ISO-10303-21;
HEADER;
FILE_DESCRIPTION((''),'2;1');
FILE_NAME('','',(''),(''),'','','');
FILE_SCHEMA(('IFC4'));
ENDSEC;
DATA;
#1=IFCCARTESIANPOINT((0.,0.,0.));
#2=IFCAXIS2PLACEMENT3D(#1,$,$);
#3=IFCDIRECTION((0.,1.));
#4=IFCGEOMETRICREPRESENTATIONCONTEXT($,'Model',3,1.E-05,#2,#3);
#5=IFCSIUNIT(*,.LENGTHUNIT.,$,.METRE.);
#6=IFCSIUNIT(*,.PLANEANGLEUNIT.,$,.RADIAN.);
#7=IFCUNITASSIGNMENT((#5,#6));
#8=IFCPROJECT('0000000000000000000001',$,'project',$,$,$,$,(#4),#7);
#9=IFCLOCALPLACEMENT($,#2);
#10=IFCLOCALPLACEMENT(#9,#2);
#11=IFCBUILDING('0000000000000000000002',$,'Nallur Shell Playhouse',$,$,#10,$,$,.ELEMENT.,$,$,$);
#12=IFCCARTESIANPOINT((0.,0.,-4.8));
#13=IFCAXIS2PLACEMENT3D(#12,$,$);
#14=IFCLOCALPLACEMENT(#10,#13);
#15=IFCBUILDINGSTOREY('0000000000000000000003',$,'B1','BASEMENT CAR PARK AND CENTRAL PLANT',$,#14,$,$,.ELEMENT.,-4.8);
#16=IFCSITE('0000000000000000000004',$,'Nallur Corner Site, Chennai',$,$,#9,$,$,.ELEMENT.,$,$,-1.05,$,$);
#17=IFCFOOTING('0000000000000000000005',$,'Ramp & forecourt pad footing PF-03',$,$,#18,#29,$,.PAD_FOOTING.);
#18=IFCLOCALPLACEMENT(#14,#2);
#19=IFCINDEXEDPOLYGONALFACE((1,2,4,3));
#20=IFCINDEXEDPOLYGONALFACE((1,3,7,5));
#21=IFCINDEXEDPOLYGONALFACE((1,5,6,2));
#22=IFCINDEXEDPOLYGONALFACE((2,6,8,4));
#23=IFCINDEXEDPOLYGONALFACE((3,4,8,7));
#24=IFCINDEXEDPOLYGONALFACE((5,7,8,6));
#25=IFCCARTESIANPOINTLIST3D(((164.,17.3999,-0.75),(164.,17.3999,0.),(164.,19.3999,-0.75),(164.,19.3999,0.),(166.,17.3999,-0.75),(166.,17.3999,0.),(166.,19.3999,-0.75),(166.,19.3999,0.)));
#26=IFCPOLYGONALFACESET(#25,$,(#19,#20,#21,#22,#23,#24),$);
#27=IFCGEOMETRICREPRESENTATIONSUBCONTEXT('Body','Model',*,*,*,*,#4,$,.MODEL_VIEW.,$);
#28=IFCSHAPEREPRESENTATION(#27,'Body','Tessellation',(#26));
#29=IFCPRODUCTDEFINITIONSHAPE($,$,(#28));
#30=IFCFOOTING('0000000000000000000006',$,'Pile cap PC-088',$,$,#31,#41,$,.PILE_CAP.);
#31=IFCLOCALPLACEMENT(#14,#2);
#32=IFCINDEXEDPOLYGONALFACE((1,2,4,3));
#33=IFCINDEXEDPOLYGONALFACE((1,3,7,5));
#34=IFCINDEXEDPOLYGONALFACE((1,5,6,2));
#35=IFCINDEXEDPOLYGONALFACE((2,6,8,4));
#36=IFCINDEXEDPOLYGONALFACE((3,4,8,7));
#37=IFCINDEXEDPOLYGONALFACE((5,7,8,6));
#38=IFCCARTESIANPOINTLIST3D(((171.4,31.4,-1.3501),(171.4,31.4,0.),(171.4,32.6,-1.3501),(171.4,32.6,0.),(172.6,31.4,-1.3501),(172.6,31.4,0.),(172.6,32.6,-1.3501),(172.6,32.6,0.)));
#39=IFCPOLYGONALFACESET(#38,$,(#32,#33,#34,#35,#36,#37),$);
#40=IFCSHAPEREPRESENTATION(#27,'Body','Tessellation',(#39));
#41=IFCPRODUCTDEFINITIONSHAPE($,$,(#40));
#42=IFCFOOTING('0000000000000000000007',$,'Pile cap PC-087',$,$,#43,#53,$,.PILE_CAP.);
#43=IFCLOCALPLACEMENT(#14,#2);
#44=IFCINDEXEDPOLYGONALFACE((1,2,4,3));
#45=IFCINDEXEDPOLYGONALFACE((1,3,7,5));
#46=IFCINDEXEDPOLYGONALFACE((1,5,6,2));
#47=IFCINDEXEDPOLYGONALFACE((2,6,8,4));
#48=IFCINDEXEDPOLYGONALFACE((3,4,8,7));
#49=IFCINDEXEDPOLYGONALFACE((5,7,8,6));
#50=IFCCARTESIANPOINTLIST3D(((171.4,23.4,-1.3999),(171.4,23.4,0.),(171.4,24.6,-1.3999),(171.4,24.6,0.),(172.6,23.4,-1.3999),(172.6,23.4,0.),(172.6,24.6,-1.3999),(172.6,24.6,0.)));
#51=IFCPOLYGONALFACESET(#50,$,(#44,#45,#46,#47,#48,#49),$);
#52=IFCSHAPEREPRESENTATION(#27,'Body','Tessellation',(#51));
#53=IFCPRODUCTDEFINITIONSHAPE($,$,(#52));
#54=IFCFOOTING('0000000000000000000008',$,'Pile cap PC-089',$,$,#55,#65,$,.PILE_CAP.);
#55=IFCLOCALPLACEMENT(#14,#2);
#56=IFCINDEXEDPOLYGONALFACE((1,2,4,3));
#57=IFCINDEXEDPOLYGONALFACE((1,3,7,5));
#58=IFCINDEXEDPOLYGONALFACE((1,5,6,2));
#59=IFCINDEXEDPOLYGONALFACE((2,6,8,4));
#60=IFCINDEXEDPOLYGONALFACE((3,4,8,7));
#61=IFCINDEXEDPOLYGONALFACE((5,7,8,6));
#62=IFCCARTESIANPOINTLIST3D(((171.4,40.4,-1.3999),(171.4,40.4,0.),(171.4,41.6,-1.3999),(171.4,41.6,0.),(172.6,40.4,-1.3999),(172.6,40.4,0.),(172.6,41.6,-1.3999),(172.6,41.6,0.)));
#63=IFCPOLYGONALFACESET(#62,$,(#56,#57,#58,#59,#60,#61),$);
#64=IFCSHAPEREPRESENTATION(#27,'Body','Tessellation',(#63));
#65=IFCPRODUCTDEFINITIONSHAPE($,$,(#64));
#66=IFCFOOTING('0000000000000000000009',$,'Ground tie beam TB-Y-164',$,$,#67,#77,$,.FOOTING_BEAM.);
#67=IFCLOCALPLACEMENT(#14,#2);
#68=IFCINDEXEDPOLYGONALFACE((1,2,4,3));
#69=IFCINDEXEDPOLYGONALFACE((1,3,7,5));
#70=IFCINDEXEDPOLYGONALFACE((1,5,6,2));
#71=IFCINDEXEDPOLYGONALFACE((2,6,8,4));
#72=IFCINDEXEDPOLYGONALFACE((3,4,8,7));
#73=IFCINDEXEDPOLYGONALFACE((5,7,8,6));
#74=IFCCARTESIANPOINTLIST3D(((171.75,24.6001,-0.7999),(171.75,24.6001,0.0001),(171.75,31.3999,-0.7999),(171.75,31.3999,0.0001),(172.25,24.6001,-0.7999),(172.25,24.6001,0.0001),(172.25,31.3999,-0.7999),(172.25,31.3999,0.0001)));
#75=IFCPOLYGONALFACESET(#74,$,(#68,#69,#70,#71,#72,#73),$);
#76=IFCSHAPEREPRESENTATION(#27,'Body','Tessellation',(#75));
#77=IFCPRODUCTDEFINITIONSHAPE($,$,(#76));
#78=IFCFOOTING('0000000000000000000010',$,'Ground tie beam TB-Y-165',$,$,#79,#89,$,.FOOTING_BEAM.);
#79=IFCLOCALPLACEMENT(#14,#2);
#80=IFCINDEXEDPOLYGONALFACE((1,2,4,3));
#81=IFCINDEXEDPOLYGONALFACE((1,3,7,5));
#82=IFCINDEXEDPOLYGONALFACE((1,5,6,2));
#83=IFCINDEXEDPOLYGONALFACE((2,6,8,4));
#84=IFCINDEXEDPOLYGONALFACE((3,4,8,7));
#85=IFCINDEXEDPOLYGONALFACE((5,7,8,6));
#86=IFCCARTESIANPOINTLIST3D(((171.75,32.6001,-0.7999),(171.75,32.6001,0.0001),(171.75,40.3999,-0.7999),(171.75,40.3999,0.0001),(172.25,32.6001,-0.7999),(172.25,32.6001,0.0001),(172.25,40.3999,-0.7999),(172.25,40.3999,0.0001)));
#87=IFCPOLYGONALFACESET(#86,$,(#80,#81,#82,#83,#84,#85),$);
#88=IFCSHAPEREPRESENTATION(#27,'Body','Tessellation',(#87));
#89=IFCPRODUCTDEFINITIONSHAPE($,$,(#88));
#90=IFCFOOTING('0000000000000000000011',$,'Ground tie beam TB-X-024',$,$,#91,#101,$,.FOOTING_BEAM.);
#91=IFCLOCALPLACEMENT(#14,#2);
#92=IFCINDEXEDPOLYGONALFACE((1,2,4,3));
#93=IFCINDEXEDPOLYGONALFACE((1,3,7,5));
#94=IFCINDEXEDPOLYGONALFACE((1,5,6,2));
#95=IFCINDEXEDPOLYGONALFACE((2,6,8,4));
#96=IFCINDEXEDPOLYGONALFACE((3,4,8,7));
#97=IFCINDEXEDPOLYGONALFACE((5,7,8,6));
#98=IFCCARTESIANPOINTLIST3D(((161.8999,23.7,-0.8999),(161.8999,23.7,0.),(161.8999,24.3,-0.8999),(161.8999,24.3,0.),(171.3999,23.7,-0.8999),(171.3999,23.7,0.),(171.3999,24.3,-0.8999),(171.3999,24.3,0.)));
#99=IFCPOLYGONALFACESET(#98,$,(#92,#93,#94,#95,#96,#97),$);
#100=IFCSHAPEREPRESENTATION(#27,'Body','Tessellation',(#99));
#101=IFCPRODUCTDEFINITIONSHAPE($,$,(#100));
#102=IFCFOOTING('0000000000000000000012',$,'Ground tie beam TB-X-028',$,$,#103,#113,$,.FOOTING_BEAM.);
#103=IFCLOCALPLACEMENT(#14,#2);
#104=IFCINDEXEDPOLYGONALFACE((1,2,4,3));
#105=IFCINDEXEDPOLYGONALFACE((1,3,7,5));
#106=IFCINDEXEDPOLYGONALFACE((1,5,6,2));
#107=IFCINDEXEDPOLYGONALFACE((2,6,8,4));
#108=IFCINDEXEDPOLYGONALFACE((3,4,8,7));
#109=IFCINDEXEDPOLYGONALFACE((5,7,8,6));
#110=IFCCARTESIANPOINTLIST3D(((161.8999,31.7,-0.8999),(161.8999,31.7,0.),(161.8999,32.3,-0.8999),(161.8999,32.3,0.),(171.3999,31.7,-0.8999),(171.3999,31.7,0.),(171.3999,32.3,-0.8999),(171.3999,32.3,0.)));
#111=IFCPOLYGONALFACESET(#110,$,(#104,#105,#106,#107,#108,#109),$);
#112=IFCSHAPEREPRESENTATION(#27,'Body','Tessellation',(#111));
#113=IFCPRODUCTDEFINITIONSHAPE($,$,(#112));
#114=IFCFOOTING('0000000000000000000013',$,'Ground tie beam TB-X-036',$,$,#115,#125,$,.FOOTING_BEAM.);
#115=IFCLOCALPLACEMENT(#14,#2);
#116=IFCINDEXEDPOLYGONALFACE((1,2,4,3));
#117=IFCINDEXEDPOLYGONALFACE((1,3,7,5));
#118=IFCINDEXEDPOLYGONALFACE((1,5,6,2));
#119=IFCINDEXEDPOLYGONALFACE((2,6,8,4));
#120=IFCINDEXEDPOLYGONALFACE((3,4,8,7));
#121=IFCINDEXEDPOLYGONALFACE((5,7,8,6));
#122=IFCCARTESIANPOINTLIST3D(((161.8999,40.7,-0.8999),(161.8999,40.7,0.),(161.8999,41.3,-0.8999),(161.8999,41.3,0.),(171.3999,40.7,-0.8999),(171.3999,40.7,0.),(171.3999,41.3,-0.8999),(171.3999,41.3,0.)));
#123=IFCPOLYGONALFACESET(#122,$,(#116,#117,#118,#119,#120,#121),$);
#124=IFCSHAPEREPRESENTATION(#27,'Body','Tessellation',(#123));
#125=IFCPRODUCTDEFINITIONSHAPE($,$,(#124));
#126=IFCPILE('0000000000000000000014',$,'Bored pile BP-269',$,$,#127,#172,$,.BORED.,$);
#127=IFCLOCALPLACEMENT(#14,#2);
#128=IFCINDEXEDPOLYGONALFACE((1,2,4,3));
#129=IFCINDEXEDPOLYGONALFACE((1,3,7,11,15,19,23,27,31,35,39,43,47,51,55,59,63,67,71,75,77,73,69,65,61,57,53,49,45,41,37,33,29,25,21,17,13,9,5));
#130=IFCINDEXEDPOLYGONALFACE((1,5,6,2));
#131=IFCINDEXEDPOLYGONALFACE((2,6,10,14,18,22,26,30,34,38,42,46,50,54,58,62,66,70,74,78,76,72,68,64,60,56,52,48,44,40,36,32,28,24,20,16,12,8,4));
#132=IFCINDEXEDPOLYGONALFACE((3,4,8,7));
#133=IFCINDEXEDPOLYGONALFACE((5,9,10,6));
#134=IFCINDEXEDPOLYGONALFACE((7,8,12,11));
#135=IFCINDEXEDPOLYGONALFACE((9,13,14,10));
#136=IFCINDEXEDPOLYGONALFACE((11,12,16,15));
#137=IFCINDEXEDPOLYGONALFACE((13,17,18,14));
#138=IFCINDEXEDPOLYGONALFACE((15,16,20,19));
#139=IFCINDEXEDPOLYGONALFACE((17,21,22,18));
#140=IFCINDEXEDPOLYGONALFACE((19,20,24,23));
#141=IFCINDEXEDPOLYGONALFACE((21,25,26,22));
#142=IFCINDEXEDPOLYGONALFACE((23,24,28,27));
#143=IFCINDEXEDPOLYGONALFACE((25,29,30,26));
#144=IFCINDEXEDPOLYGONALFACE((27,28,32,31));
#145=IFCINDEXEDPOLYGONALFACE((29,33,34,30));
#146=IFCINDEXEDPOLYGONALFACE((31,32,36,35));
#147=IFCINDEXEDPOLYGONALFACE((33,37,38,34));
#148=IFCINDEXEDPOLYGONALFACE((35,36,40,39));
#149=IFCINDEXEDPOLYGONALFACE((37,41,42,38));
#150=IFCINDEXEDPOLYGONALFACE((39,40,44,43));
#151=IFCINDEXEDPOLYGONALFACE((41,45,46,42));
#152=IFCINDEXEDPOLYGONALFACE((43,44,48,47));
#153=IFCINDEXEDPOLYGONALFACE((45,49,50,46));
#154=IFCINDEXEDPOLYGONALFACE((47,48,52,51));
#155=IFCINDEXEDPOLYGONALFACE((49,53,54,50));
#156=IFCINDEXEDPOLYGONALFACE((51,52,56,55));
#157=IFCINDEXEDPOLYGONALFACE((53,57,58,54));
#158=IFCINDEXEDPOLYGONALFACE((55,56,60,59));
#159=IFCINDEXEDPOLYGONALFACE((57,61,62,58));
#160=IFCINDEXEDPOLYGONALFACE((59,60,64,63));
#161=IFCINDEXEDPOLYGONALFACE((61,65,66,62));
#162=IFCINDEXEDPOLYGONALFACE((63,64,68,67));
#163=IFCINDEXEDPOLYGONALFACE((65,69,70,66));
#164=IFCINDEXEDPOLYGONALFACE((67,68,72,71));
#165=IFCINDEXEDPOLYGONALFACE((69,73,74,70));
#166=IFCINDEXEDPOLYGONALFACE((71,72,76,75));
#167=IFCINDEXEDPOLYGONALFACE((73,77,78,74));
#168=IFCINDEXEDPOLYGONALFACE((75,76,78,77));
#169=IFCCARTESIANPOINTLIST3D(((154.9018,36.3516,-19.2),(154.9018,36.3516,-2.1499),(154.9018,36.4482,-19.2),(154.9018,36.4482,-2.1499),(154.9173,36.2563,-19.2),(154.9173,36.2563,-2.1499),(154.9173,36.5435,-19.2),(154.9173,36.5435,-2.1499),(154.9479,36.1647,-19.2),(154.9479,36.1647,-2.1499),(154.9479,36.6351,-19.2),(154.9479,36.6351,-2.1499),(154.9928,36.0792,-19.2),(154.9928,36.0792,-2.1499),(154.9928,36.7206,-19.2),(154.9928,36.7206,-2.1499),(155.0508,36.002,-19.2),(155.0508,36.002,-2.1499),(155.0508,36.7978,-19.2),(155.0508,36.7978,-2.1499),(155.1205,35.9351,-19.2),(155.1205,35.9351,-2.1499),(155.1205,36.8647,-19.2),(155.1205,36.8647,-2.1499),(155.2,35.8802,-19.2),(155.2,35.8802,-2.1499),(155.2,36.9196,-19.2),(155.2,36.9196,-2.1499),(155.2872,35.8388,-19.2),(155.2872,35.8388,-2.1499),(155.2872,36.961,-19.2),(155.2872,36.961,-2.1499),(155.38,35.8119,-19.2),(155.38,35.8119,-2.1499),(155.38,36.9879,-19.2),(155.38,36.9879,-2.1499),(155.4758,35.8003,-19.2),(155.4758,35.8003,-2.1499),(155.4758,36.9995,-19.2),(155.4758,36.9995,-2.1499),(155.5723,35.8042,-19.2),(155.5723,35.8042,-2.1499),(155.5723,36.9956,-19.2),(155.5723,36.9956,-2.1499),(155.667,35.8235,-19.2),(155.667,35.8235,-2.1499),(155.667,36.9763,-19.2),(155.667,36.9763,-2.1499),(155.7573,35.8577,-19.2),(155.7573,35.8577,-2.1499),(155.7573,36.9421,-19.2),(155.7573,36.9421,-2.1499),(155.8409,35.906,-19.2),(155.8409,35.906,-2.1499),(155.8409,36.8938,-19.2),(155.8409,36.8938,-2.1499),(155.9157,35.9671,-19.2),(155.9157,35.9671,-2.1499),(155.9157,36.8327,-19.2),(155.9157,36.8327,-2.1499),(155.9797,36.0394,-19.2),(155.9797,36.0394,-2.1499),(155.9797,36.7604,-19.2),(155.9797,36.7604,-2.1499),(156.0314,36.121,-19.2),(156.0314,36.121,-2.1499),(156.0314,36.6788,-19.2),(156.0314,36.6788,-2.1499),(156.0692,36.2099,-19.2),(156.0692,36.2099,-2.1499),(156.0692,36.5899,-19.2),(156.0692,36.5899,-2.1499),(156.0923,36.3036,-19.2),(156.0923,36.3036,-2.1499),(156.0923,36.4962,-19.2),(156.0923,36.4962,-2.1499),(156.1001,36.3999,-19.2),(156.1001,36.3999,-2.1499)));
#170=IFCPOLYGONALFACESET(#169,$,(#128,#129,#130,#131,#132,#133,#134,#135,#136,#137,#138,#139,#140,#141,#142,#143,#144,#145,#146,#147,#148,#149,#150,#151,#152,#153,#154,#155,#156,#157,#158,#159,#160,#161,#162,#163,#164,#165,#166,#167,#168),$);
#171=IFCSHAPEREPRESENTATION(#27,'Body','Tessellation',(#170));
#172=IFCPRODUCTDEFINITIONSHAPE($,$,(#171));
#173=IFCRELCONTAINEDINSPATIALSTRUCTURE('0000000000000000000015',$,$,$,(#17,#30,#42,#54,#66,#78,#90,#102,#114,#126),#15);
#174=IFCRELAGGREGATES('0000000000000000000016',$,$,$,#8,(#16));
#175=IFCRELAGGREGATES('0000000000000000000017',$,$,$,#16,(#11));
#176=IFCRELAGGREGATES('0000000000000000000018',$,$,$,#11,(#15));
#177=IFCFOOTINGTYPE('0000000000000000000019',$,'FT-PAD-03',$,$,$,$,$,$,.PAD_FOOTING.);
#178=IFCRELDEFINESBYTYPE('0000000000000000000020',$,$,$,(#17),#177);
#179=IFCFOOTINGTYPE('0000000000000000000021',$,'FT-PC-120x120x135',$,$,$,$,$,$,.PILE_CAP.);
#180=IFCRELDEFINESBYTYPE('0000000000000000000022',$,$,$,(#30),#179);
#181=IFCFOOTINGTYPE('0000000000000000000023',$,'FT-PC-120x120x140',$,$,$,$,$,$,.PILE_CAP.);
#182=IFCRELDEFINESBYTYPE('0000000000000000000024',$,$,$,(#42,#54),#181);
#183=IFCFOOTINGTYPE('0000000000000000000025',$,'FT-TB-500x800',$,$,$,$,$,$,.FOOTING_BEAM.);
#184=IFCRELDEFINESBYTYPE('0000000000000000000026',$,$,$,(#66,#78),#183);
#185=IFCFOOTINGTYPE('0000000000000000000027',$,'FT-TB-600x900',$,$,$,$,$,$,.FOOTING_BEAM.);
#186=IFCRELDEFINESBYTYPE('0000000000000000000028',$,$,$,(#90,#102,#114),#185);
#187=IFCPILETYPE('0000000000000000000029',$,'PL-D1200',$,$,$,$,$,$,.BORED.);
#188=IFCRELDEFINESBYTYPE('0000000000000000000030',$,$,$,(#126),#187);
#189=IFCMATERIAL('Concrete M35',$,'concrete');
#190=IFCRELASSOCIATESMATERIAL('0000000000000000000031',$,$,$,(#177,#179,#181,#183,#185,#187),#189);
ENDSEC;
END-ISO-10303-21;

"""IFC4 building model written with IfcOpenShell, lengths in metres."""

from ifc_helpers import new_model, si_unit, direction, frame, origin, origin_2d, place, context, subcontext, project, spatial, rectangle, circle, extrude, material, material_profile, profile_set, type_object, element, save


model = new_model("IFC4")

# Units and contexts
model_context = context("Model", 3, precision=1e-05, world=origin(), true_north=direction((0.0, 1.0)))
body_context = subcontext(model_context, "Body", "Model", "MODEL_VIEW")
ifc_project = project(units=[si_unit("LENGTHUNIT", "METRE"), si_unit("PLANEANGLEUNIT", "RADIAN")], contexts=[model_context])

# Site, building, storey
site_placement = place(None, origin())
site = spatial("IfcSite", under=ifc_project, at=site_placement, Name="Nallur Corner Site, Chennai", CompositionType="ELEMENT", RefElevation=-1.05)
building_placement = place(site_placement, origin())
building = spatial("IfcBuilding", under=site, at=building_placement, Name="Nallur Shell Playhouse", CompositionType="ELEMENT")
storey_placement = place(building_placement, frame((0.0, 0.0, -4.8)))
storey = spatial("IfcBuildingStorey", under=building, at=storey_placement, Name="B1", Description="BASEMENT CAR PARK AND CENTRAL PLANT", CompositionType="ELEMENT", Elevation=-4.8)

# Footings
ifc_material_1 = material(Name="Concrete M35", Category="concrete")
footing_type_1 = type_object("IfcFootingType", Name="FT-PAD-03", PredefinedType="PAD_FOOTING", material=ifc_material_1)
footing_1_placement = place(storey_placement, frame((165.0, 18.3999, -0.75), z_axis=(0.0, 0.0, 1.0), x_axis=(1.0, 0.0, 0.0)))
element("IfcFooting", 1, at=footing_1_placement, inside=storey, type_object=footing_type_1, Name="Ramp & forecourt pad footing PF-03", PredefinedType="PAD_FOOTING", context=body_context, shape_type="SweptSolid", body=[
    extrude(rectangle(XDim=2.0, YDim=2.0, at=origin_2d()), origin(), (0.0, 0.0, 1.0), 0.75),
])
footing_type_2 = type_object("IfcFootingType", Name="FT-PC-120x120x135", PredefinedType="PILE_CAP", material=ifc_material_1)
footing_2_placement = place(storey_placement, frame((172.0, 32.0, -1.3501), z_axis=(0.0, 0.0, 1.0), x_axis=(1.0, 0.0, 0.0)))
element("IfcFooting", 2, at=footing_2_placement, inside=storey, type_object=footing_type_2, Name="Pile cap PC-088", PredefinedType="PILE_CAP", context=body_context, shape_type="SweptSolid", body=[
    extrude(rectangle(XDim=1.2, YDim=1.2, at=origin_2d()), origin(), (0.0, 0.0, 1.0), 1.3501),
])
footing_type_3 = type_object("IfcFootingType", Name="FT-PC-120x120x140", PredefinedType="PILE_CAP", material=ifc_material_1)
for number, where, z_axis, x_axis, name in (
    (3, (172.0, 24.0, -1.3999), (0.0, 0.0, 1.0), (1.0, 0.0, 0.0), "Pile cap PC-087"),
    (4, (172.0, 41.0, -1.3999), (0.0, 0.0, 1.0), (1.0, 0.0, 0.0), "Pile cap PC-089"),
):
    element("IfcFooting", number, at=place(storey_placement, frame(where, z_axis=z_axis, x_axis=x_axis)), inside=storey, type_object=footing_type_3, Name=name, PredefinedType="PILE_CAP", context=body_context, shape_type="SweptSolid", body=[
        extrude(rectangle(XDim=1.2, YDim=1.2, at=origin_2d()), origin(), (0.0, 0.0, 1.0), 1.3999),
    ])
ifc_material_profile_1 = material_profile(ifc_material_1, rectangle(XDim=0.5, YDim=0.8, at=origin_2d()), Name="RC 500x800")
ifc_profile_set_1 = profile_set([ifc_material_profile_1], Name="Concrete M35")
footing_type_4 = type_object("IfcFootingType", Name="FT-TB-500x800", PredefinedType="FOOTING_BEAM", material=ifc_profile_set_1)
footing_3_placement = place(storey_placement, frame((172.0, 24.6001, -0.3999), z_axis=(0.0, 1.0, 0.0), x_axis=(-1.0, 0.0, 0.0)))
element("IfcFooting", 5, at=footing_3_placement, inside=storey, type_object=footing_type_4, Name="Ground tie beam TB-Y-164", PredefinedType="FOOTING_BEAM", context=body_context, shape_type="SweptSolid", body=[
    extrude(rectangle(XDim=0.5, YDim=0.8, at=origin_2d()), origin(), (0.0, 0.0, 1.0), 6.7998),
])
footing_4_placement = place(storey_placement, frame((172.0, 32.6001, -0.3999), z_axis=(0.0, 1.0, 0.0), x_axis=(-1.0, 0.0, 0.0)))
element("IfcFooting", 6, at=footing_4_placement, inside=storey, type_object=footing_type_4, Name="Ground tie beam TB-Y-165", PredefinedType="FOOTING_BEAM", context=body_context, shape_type="SweptSolid", body=[
    extrude(rectangle(XDim=0.5, YDim=0.8, at=origin_2d()), origin(), (0.0, 0.0, 1.0), 7.7998),
])
ifc_material_profile_2 = material_profile(ifc_material_1, rectangle(XDim=0.6001, YDim=0.8999, at=origin_2d()), Name="RC 600x900")
ifc_profile_set_2 = profile_set([ifc_material_profile_2], Name="Concrete M35")
footing_type_5 = type_object("IfcFootingType", Name="FT-TB-600x900", PredefinedType="FOOTING_BEAM", material=ifc_profile_set_2)
for number, where, z_axis, x_axis, name in (
    (7, (161.8999, 24.0, -0.45), (1.0, 0.0, 0.0), (0.0, 1.0, 0.0), "Ground tie beam TB-X-024"),
    (8, (161.8999, 32.0, -0.45), (1.0, 0.0, 0.0), (0.0, 1.0, 0.0), "Ground tie beam TB-X-028"),
    (9, (161.8999, 41.0, -0.45), (1.0, 0.0, 0.0), (0.0, 1.0, 0.0), "Ground tie beam TB-X-036"),
):
    element("IfcFooting", number, at=place(storey_placement, frame(where, z_axis=z_axis, x_axis=x_axis)), inside=storey, type_object=footing_type_5, Name=name, PredefinedType="FOOTING_BEAM", context=body_context, shape_type="SweptSolid", body=[
        extrude(rectangle(XDim=0.6001, YDim=0.8999, at=origin_2d()), origin(), (0.0, 0.0, 1.0), 9.5),
    ])

# Pile
ifc_material_profile_3 = material_profile(ifc_material_1, circle(Radius=0.6001, at=origin_2d()), Name="BORED PILE D1200")
ifc_profile_set_3 = profile_set([ifc_material_profile_3], Name="Concrete M35")
pile_type_1 = type_object("IfcPileType", Name="PL-D1200", PredefinedType="BORED", material=ifc_profile_set_3)
for number, where, z_axis, x_axis, name in (
    (10, (155.5, 36.3999, -2.1499), (0.0, 0.0, -1.0), (1.0, 0.0, 0.0), "Bored pile BP-269"),
):
    element("IfcPile", number, at=place(storey_placement, frame(where, z_axis=z_axis, x_axis=x_axis)), inside=storey, type_object=pile_type_1, Name=name, PredefinedType="BORED", context=body_context, shape_type="SweptSolid", body=[
        extrude(circle(Radius=0.6001, at=origin_2d()), origin(), (0.0, 0.0, 1.0), 17.05),
    ])

save(model, "model.ifc")
